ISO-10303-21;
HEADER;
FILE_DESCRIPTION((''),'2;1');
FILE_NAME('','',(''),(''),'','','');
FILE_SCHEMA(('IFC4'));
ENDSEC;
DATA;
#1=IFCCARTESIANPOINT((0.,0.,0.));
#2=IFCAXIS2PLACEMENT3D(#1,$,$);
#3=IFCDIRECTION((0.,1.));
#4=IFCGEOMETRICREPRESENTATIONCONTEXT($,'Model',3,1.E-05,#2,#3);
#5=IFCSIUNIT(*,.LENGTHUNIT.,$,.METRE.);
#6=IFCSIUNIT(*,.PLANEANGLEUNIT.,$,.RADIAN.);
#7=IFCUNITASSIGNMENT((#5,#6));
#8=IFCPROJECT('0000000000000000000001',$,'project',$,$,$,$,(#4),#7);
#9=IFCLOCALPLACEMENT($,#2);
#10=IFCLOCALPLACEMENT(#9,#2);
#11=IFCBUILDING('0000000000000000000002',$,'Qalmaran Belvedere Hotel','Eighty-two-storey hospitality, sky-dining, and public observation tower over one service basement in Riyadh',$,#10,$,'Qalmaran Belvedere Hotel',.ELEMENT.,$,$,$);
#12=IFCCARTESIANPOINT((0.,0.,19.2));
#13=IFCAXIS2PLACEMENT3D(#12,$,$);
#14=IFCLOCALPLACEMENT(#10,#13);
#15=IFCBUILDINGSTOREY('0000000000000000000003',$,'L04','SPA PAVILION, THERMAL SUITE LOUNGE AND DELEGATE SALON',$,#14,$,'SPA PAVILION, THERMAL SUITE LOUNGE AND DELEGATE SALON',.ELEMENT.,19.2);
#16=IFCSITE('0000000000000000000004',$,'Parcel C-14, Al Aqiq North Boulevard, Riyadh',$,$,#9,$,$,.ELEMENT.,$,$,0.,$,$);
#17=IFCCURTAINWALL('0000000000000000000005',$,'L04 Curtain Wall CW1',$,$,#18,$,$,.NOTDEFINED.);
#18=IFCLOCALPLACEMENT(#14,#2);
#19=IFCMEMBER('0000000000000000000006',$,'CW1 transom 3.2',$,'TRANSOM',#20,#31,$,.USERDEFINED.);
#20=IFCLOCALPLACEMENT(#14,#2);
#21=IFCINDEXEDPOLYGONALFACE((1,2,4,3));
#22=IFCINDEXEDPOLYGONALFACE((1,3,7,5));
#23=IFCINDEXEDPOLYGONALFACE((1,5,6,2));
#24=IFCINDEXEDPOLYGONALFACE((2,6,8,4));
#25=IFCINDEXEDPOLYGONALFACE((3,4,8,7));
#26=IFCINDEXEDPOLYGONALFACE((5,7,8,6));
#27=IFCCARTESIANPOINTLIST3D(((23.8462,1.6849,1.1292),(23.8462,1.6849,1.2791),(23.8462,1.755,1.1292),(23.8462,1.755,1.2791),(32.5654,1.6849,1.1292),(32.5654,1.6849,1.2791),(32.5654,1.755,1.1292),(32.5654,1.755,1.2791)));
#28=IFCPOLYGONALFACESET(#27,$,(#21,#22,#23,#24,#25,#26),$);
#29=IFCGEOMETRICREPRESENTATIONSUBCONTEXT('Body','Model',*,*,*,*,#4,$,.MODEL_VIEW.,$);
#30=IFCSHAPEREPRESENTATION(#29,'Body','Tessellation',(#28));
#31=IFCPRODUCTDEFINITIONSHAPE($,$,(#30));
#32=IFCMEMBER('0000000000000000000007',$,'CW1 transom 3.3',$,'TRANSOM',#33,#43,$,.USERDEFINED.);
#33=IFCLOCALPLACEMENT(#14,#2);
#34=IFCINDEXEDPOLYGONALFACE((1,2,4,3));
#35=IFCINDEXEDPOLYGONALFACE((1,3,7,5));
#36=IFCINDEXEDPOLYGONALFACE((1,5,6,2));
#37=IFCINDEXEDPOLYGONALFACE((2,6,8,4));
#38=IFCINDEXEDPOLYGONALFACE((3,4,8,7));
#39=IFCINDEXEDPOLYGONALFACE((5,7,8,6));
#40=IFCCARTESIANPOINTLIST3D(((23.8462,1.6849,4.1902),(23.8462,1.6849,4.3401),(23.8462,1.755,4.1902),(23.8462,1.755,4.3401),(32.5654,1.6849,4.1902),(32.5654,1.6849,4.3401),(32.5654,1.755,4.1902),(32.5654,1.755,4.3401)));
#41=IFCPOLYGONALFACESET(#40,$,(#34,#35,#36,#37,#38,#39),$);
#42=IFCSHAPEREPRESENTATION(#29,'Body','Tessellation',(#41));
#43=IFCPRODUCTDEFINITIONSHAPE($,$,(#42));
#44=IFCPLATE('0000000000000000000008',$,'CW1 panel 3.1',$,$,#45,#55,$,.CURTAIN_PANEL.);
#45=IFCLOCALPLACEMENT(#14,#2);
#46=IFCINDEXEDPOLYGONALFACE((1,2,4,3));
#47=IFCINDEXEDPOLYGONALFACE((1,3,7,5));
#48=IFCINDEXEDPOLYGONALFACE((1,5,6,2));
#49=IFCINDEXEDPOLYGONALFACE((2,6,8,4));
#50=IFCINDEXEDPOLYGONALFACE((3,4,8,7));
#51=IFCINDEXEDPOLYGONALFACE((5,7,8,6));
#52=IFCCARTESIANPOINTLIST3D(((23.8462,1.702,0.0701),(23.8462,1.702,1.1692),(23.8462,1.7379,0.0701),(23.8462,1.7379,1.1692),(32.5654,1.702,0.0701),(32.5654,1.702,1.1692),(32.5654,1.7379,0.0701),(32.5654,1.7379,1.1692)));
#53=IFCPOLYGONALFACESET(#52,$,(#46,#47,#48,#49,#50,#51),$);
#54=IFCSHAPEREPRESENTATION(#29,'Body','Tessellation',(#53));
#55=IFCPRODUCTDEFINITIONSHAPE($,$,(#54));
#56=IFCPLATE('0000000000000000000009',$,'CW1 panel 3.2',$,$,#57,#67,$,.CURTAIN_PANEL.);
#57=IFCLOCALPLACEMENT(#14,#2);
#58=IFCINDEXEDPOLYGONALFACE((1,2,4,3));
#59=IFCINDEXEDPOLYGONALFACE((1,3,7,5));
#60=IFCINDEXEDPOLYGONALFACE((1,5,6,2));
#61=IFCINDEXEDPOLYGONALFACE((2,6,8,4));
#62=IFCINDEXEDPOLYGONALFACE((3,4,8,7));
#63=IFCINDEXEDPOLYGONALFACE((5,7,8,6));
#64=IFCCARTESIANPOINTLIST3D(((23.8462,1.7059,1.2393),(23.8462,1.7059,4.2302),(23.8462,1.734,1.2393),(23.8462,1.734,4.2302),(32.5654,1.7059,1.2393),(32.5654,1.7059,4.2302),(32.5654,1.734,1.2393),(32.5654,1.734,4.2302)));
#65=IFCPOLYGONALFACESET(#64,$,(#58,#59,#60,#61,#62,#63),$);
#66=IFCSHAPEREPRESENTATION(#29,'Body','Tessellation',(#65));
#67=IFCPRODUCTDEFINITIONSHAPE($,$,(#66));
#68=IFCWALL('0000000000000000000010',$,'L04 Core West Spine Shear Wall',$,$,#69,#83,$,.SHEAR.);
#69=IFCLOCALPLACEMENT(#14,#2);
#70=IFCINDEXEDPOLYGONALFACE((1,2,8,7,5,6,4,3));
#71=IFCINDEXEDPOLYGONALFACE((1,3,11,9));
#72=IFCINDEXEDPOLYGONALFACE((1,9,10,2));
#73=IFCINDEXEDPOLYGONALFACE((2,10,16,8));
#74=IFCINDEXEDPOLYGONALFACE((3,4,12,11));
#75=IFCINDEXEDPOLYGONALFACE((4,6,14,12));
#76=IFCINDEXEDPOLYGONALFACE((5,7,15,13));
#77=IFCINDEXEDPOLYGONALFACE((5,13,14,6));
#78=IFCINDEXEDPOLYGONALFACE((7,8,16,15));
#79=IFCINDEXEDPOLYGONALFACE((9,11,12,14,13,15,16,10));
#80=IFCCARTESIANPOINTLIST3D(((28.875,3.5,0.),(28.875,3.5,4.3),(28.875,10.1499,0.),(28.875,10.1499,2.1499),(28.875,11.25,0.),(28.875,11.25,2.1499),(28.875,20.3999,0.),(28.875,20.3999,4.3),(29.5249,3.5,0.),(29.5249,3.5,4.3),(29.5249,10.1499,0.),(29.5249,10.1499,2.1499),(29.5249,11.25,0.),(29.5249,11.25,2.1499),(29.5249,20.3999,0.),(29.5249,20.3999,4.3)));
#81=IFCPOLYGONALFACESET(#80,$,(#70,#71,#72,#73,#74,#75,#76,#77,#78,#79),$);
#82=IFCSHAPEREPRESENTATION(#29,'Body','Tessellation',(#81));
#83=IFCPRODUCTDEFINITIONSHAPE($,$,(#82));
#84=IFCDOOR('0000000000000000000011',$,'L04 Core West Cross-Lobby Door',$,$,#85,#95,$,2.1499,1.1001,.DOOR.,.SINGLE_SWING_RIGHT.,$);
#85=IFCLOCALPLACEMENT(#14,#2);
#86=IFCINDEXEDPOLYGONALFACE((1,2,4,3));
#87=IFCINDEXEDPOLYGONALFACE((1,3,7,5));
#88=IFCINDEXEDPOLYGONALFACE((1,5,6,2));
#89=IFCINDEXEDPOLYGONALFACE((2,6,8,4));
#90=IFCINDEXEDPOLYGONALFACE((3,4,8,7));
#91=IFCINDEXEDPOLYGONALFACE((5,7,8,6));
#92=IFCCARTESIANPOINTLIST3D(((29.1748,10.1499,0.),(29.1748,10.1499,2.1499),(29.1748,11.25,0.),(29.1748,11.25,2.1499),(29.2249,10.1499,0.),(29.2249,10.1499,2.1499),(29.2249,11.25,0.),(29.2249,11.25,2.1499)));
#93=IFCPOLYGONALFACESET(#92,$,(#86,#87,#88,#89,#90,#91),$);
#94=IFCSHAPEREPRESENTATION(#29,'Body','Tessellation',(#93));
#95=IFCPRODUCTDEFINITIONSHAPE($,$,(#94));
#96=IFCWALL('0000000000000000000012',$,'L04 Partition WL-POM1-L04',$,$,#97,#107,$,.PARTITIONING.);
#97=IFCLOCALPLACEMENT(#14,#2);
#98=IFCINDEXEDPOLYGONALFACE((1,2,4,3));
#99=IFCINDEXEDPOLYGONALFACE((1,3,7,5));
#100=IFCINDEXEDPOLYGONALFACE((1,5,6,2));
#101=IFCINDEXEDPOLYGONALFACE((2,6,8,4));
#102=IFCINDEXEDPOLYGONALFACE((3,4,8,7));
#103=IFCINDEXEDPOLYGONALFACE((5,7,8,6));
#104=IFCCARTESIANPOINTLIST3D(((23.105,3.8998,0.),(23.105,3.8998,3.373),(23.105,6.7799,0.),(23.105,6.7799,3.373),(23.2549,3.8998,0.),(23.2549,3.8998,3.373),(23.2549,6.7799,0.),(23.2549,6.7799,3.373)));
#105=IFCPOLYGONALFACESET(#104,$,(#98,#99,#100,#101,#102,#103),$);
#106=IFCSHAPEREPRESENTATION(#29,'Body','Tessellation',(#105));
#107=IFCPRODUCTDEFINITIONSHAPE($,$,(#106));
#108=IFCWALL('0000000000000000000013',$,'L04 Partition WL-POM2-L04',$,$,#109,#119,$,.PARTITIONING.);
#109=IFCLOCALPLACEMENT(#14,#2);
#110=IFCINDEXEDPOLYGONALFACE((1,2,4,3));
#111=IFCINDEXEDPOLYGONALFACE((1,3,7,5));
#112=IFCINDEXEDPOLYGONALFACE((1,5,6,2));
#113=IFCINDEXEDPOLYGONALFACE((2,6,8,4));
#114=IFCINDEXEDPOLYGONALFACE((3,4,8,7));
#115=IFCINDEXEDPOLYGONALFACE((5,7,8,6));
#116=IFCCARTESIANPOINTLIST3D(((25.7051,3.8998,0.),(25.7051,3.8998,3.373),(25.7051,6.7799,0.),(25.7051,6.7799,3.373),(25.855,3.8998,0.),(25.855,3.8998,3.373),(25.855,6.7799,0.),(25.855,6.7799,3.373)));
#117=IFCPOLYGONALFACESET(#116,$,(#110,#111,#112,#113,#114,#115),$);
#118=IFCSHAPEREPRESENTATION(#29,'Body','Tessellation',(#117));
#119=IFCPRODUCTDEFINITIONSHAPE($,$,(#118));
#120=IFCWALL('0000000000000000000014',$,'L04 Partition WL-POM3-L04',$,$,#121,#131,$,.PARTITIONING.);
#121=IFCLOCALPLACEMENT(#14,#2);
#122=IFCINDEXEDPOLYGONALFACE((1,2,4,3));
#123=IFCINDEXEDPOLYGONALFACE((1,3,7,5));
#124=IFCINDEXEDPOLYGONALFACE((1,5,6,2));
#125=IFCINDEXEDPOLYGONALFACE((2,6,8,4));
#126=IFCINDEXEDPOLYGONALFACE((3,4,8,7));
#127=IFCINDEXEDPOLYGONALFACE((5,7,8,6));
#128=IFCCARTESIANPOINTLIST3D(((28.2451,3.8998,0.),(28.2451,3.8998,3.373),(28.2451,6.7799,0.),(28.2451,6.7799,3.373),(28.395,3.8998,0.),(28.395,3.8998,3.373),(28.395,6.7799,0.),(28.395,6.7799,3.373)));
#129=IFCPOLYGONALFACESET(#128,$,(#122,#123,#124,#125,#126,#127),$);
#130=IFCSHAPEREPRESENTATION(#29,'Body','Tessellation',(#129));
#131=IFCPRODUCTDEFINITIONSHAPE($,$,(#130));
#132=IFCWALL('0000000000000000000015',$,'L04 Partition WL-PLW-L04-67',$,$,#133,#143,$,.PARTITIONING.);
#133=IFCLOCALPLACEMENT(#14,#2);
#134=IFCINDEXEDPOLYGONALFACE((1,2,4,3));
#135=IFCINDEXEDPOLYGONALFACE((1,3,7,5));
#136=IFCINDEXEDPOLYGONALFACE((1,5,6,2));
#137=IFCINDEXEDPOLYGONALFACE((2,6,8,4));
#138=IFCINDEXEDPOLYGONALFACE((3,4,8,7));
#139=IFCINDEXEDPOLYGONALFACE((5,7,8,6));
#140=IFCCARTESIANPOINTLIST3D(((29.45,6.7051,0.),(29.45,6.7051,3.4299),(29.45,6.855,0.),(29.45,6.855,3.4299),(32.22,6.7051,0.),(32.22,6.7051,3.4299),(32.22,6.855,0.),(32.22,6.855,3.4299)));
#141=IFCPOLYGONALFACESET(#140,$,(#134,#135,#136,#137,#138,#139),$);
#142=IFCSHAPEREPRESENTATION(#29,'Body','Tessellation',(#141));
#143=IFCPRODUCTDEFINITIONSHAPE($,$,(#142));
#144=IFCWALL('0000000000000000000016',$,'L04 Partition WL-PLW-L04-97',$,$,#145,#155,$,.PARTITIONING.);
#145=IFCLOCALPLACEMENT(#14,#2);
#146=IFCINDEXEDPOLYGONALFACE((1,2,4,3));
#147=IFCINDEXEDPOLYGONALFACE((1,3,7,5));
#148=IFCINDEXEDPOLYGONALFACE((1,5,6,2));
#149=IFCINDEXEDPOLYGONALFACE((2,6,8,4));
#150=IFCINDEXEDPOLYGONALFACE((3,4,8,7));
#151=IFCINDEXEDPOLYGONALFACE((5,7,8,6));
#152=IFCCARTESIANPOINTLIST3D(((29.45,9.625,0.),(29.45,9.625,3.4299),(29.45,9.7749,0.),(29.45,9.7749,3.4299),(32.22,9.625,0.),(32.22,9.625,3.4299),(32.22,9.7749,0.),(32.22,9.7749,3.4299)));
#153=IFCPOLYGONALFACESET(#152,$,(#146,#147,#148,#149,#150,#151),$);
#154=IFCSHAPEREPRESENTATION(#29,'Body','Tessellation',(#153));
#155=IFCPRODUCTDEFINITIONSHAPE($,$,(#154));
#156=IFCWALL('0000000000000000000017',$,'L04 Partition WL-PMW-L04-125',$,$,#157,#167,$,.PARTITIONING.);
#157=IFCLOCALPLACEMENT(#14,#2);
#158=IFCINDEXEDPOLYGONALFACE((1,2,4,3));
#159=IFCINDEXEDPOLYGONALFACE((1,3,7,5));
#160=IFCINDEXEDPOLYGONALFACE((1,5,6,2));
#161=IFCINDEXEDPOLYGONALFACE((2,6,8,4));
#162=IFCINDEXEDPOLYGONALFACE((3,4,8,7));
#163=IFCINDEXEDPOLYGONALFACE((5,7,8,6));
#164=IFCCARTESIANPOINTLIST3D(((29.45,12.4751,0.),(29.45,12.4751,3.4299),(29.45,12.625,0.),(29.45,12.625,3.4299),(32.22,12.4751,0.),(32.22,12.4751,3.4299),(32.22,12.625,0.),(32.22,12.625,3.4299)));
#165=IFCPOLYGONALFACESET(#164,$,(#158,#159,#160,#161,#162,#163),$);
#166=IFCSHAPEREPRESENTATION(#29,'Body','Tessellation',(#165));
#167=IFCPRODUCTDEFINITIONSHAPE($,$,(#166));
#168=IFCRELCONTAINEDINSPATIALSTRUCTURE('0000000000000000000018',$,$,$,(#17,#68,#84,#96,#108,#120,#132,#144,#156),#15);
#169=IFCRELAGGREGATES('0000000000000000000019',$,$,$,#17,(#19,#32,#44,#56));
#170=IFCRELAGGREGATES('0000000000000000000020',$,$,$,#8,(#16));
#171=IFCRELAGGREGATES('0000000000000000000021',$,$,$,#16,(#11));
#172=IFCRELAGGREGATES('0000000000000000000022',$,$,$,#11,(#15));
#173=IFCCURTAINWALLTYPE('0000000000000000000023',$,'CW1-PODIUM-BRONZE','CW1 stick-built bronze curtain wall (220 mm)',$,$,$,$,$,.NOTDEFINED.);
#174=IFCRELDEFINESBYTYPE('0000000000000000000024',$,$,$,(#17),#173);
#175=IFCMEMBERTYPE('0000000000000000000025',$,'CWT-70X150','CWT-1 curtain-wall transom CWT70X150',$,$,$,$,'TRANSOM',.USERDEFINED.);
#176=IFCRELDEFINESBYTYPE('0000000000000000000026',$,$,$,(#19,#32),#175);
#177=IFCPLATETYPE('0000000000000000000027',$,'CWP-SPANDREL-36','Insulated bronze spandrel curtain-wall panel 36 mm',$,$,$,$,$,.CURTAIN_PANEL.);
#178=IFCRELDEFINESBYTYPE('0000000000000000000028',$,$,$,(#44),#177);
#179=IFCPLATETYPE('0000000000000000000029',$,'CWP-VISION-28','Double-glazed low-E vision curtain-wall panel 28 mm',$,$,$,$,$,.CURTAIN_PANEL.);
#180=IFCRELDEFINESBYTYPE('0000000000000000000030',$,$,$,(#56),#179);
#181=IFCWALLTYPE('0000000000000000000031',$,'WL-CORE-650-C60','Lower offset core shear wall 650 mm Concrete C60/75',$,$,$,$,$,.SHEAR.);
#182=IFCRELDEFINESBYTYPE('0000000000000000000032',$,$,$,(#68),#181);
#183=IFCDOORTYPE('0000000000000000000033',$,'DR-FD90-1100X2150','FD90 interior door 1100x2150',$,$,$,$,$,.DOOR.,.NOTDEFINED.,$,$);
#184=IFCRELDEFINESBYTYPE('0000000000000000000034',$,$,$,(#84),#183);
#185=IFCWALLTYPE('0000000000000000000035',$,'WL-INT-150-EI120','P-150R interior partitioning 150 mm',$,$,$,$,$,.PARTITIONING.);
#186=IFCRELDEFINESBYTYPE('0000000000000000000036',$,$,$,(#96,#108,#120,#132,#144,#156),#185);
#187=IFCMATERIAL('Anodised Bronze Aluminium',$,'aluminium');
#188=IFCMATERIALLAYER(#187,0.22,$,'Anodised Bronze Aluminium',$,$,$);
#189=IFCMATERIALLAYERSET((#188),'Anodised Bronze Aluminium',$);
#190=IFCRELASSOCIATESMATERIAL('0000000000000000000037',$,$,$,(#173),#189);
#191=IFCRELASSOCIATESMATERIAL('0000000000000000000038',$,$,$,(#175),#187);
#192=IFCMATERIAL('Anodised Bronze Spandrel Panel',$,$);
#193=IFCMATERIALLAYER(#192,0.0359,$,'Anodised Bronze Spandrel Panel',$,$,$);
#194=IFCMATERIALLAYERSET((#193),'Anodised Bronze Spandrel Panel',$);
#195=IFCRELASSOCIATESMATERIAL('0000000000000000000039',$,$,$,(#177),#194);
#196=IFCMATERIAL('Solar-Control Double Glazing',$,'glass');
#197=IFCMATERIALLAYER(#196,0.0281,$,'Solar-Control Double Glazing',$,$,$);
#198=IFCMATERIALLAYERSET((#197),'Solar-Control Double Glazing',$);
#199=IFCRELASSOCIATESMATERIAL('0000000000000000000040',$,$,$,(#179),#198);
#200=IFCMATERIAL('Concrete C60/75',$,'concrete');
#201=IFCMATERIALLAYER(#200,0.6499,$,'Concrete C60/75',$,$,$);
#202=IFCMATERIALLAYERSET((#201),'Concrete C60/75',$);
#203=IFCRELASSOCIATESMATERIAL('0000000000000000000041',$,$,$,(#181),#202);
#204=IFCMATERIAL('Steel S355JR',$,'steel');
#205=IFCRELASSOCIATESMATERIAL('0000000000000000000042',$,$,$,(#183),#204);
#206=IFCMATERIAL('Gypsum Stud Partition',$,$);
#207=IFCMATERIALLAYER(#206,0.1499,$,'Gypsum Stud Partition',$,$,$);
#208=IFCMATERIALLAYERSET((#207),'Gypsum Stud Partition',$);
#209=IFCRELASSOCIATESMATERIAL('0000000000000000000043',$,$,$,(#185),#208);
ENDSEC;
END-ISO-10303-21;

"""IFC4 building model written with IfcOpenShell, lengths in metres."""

from ifc_helpers import new_model, si_unit, direction, frame, frame_2d, origin, origin_2d, place, context, subcontext, project, spatial, rectangle, extrude, material, layer, layer_set, material_profile, profile_set, type_object, element, fill, aggregate, save


model = new_model("IFC4")

# Units and contexts
model_context = context("Model", 3, precision=1e-05, world=origin(), true_north=direction((0.0, 1.0)))
body_context = subcontext(model_context, "Body", "Model", "MODEL_VIEW")
ifc_project = project(units=[si_unit("LENGTHUNIT", "METRE"), si_unit("PLANEANGLEUNIT", "RADIAN")], contexts=[model_context])

# Site, building, storey
site_placement = place(None, origin())
site = spatial("IfcSite", under=ifc_project, at=site_placement, Name="Parcel C-14, Al Aqiq North Boulevard, Riyadh", CompositionType="ELEMENT", RefElevation=0.0)
building_placement = place(site_placement, origin())
building = spatial("IfcBuilding", under=site, at=building_placement, Name="Qalmaran Belvedere Hotel", Description="Eighty-two-storey hospitality, sky-dining, and public observation tower over one service basement in Riyadh", LongName="Qalmaran Belvedere Hotel", CompositionType="ELEMENT")
storey_placement = place(building_placement, frame((0.0, 0.0, 19.2)))
storey = spatial("IfcBuildingStorey", under=building, at=storey_placement, Name="L04", Description="SPA PAVILION, THERMAL SUITE LOUNGE AND DELEGATE SALON", LongName="SPA PAVILION, THERMAL SUITE LOUNGE AND DELEGATE SALON", CompositionType="ELEMENT", Elevation=19.2)

# Shared definitions
ifc_material_1 = material(Name="Concrete C60/75", Category="concrete")

# Shared definitions
ifc_material_2 = material(Name="Steel S355JR", Category="steel")

# Curtain wall, members, plates
ifc_material_3 = material(Name="Anodised Bronze Aluminium", Category="aluminium")
ifc_layer_1 = layer(ifc_material_3, 0.22, Name="Anodised Bronze Aluminium")
ifc_layer_set_1 = layer_set([ifc_layer_1], Name="Anodised Bronze Aluminium")
curtain_wall_type = type_object("IfcCurtainWallType", Name="CW1-PODIUM-BRONZE", Description="CW1 stick-built bronze curtain wall (220 mm)", PredefinedType="NOTDEFINED", material=ifc_layer_set_1)
curtain_wall_placement = place(storey_placement, origin())
curtain_wall = element("IfcCurtainWall", 1, at=curtain_wall_placement, inside=storey, type_object=curtain_wall_type, Name="L04 Curtain Wall CW1", PredefinedType="NOTDEFINED")
ifc_material_profile_1 = material_profile(ifc_material_3, rectangle(XDim=0.0701, YDim=0.1499, at=origin_2d()), Name="CWT70X150")
ifc_profile_set_1 = profile_set([ifc_material_profile_1], Name="Anodised Bronze Aluminium")
member_type_1 = type_object("IfcMemberType", Name="CWT-70X150", Description="CWT-1 curtain-wall transom CWT70X150", ElementType="TRANSOM", PredefinedType="USERDEFINED", material=ifc_profile_set_1)
member_1_placement = place(storey_placement, frame((23.8462, 1.72, 1.2041), z_axis=(1.0, 0.0, 0.0), x_axis=(0.0, 1.0, 0.0)))
member_1 = element("IfcMember", 2, at=member_1_placement, type_object=member_type_1, Name="CW1 transom 3.2", ObjectType="TRANSOM", PredefinedType="USERDEFINED", context=body_context, shape_type="SweptSolid", body=[
    extrude(rectangle(XDim=0.0701, YDim=0.1499, at=origin_2d()), origin(), (0.0, 0.0, 1.0), 8.7192),
])
member_2_placement = place(storey_placement, frame((23.8462, 1.72, 4.2651), z_axis=(1.0, 0.0, 0.0), x_axis=(0.0, 1.0, 0.0)))
member_2 = element("IfcMember", 3, at=member_2_placement, type_object=member_type_1, Name="CW1 transom 3.3", ObjectType="TRANSOM", PredefinedType="USERDEFINED", context=body_context, shape_type="SweptSolid", body=[
    extrude(rectangle(XDim=0.0701, YDim=0.1499, at=origin_2d()), origin(), (0.0, 0.0, 1.0), 8.7192),
])
ifc_material_4 = material(Name="Anodised Bronze Spandrel Panel")
ifc_layer_2 = layer(ifc_material_4, 0.0359, Name="Anodised Bronze Spandrel Panel")
ifc_layer_set_2 = layer_set([ifc_layer_2], Name="Anodised Bronze Spandrel Panel")
plate_type_1 = type_object("IfcPlateType", Name="CWP-SPANDREL-36", Description="Insulated bronze spandrel curtain-wall panel 36 mm", PredefinedType="CURTAIN_PANEL", material=ifc_layer_set_2)
plate_1_placement = place(storey_placement, frame((28.2058, 1.72, 0.0701), z_axis=(0.0, 0.0, 1.0), x_axis=(1.0, 0.0, 0.0)))
plate_1 = element("IfcPlate", 4, at=plate_1_placement, type_object=plate_type_1, Name="CW1 panel 3.1", PredefinedType="CURTAIN_PANEL", context=body_context, shape_type="SweptSolid", body=[
    extrude(rectangle(XDim=8.7192, YDim=0.0359, at=origin_2d()), origin(), (0.0, 0.0, 1.0), 1.0991),
])
ifc_material_5 = material(Name="Solar-Control Double Glazing", Category="glass")
ifc_layer_3 = layer(ifc_material_5, 0.0281, Name="Solar-Control Double Glazing")
ifc_layer_set_3 = layer_set([ifc_layer_3], Name="Solar-Control Double Glazing")
plate_type_2 = type_object("IfcPlateType", Name="CWP-VISION-28", Description="Double-glazed low-E vision curtain-wall panel 28 mm", PredefinedType="CURTAIN_PANEL", material=ifc_layer_set_3)
plate_2_placement = place(storey_placement, frame((28.2058, 1.72, 1.2393), z_axis=(0.0, 0.0, 1.0), x_axis=(1.0, 0.0, 0.0)))
plate_2 = element("IfcPlate", 5, at=plate_2_placement, type_object=plate_type_2, Name="CW1 panel 3.2", PredefinedType="CURTAIN_PANEL", context=body_context, shape_type="SweptSolid", body=[
    extrude(rectangle(XDim=8.7192, YDim=0.0281, at=origin_2d()), origin(), (0.0, 0.0, 1.0), 2.991),
])
aggregate(curtain_wall, [member_1, member_2, plate_1, plate_2])

# Wall, opening, door
ifc_layer_4 = layer(ifc_material_1, 0.6499, Name="Concrete C60/75")
ifc_layer_set_4 = layer_set([ifc_layer_4], Name="Concrete C60/75")
wall_type_1 = type_object("IfcWallType", Name="WL-CORE-650-C60", Description="Lower offset core shear wall 650 mm Concrete C60/75", PredefinedType="SHEAR", material=ifc_layer_set_4)
wall_1_placement = place(storey_placement, frame((29.2, 3.5, 0.0), z_axis=(0.0, 0.0, 1.0), x_axis=(0.0, 1.0, 0.0)))
wall_1 = element("IfcWall", 6, at=wall_1_placement, inside=storey, type_object=wall_type_1, Name="L04 Core West Spine Shear Wall", PredefinedType="SHEAR", context=body_context, shape_type="SweptSolid", body=[
    extrude(rectangle(XDim=16.8999, YDim=0.6499, at=frame_2d((8.45, 0.0))), origin(), (0.0, 0.0, 1.0), 4.3),
])
opening_1_placement = place(wall_1_placement, frame((7.75, 0.0, 0.0), z_axis=(0.0, 0.0, 1.0), x_axis=(-1.0, 0.0, 0.0)))
opening_1 = element("IfcOpeningElement", 7, at=opening_1_placement, cuts=wall_1, PredefinedType="OPENING", context=body_context, shape_type="SweptSolid", body=[
    extrude(rectangle(XDim=1.1001, YDim=2.1499, at=frame_2d((0.55, 1.075))), frame((0.0, 0.335, 0.0), z_axis=(0.0, -1.0, 0.0), x_axis=(1.0, 0.0, 0.0)), (0.0, 0.0, 1.0), 0.6699),
])
door_type_1 = type_object("IfcDoorType", Name="DR-FD90-1100X2150", Description="FD90 interior door 1100x2150", OperationType="NOTDEFINED", PredefinedType="DOOR", material=ifc_material_2)
door_1_placement = place(opening_1_placement, origin())
door_1 = element("IfcDoor", 8, at=door_1_placement, inside=storey, type_object=door_type_1, Name="L04 Core West Cross-Lobby Door", OperationType="SINGLE_SWING_RIGHT", OverallHeight=2.1499, OverallWidth=1.1001, PredefinedType="DOOR", context=body_context, shape_type="SweptSolid", body=[
    extrude(rectangle(XDim=1.1001, YDim=2.1499, at=frame_2d((0.55, 1.075))), frame((0.0, 0.0249, 0.0), z_axis=(0.0, -1.0, 0.0), x_axis=(1.0, 0.0, 0.0)), (0.0, 0.0, 1.0), 0.05),
])
fill(opening_1, door_1)

# Walls
ifc_material_6 = material(Name="Gypsum Stud Partition")
ifc_layer_5 = layer(ifc_material_6, 0.1499, Name="Gypsum Stud Partition")
ifc_layer_set_5 = layer_set([ifc_layer_5], Name="Gypsum Stud Partition")
wall_type_2 = type_object("IfcWallType", Name="WL-INT-150-EI120", Description="P-150R interior partitioning 150 mm", PredefinedType="PARTITIONING", material=ifc_layer_set_5)
for number, where, z_axis, x_axis, name in (
    (9, (23.1799, 3.8999, 0.0), (0.0, 0.0, 1.0), (0.0, 1.0, 0.0), "L04 Partition WL-POM1-L04"),
    (10, (25.78, 3.8999, 0.0), (0.0, 0.0, 1.0), (0.0, 1.0, 0.0), "L04 Partition WL-POM2-L04"),
    (11, (28.3201, 3.8999, 0.0), (0.0, 0.0, 1.0), (0.0, 1.0, 0.0), "L04 Partition WL-POM3-L04"),
):
    element("IfcWall", number, at=place(storey_placement, frame(where, z_axis=z_axis, x_axis=x_axis)), inside=storey, type_object=wall_type_2, Name=name, PredefinedType="PARTITIONING", context=body_context, shape_type="SweptSolid", body=[
        extrude(rectangle(XDim=2.8801, YDim=0.1499, at=frame_2d((1.4399, 0.0))), origin(), (0.0, 0.0, 1.0), 3.373),
    ])
for number, where, z_axis, x_axis, name in (
    (12, (29.45, 6.78, 0.0), (0.0, 0.0, 1.0), (1.0, 0.0, 0.0), "L04 Partition WL-PLW-L04-67"),
    (13, (29.45, 9.7, 0.0), (0.0, 0.0, 1.0), (1.0, 0.0, 0.0), "L04 Partition WL-PLW-L04-97"),
    (14, (29.45, 12.55, 0.0), (0.0, 0.0, 1.0), (1.0, 0.0, 0.0), "L04 Partition WL-PMW-L04-125"),
):
    element("IfcWall", number, at=place(storey_placement, frame(where, z_axis=z_axis, x_axis=x_axis)), inside=storey, type_object=wall_type_2, Name=name, PredefinedType="PARTITIONING", context=body_context, shape_type="SweptSolid", body=[
        extrude(rectangle(XDim=2.77, YDim=0.1499, at=frame_2d((1.385, 0.0))), origin(), (0.0, 0.0, 1.0), 3.4299),
    ])

save(model, "model.ifc")
